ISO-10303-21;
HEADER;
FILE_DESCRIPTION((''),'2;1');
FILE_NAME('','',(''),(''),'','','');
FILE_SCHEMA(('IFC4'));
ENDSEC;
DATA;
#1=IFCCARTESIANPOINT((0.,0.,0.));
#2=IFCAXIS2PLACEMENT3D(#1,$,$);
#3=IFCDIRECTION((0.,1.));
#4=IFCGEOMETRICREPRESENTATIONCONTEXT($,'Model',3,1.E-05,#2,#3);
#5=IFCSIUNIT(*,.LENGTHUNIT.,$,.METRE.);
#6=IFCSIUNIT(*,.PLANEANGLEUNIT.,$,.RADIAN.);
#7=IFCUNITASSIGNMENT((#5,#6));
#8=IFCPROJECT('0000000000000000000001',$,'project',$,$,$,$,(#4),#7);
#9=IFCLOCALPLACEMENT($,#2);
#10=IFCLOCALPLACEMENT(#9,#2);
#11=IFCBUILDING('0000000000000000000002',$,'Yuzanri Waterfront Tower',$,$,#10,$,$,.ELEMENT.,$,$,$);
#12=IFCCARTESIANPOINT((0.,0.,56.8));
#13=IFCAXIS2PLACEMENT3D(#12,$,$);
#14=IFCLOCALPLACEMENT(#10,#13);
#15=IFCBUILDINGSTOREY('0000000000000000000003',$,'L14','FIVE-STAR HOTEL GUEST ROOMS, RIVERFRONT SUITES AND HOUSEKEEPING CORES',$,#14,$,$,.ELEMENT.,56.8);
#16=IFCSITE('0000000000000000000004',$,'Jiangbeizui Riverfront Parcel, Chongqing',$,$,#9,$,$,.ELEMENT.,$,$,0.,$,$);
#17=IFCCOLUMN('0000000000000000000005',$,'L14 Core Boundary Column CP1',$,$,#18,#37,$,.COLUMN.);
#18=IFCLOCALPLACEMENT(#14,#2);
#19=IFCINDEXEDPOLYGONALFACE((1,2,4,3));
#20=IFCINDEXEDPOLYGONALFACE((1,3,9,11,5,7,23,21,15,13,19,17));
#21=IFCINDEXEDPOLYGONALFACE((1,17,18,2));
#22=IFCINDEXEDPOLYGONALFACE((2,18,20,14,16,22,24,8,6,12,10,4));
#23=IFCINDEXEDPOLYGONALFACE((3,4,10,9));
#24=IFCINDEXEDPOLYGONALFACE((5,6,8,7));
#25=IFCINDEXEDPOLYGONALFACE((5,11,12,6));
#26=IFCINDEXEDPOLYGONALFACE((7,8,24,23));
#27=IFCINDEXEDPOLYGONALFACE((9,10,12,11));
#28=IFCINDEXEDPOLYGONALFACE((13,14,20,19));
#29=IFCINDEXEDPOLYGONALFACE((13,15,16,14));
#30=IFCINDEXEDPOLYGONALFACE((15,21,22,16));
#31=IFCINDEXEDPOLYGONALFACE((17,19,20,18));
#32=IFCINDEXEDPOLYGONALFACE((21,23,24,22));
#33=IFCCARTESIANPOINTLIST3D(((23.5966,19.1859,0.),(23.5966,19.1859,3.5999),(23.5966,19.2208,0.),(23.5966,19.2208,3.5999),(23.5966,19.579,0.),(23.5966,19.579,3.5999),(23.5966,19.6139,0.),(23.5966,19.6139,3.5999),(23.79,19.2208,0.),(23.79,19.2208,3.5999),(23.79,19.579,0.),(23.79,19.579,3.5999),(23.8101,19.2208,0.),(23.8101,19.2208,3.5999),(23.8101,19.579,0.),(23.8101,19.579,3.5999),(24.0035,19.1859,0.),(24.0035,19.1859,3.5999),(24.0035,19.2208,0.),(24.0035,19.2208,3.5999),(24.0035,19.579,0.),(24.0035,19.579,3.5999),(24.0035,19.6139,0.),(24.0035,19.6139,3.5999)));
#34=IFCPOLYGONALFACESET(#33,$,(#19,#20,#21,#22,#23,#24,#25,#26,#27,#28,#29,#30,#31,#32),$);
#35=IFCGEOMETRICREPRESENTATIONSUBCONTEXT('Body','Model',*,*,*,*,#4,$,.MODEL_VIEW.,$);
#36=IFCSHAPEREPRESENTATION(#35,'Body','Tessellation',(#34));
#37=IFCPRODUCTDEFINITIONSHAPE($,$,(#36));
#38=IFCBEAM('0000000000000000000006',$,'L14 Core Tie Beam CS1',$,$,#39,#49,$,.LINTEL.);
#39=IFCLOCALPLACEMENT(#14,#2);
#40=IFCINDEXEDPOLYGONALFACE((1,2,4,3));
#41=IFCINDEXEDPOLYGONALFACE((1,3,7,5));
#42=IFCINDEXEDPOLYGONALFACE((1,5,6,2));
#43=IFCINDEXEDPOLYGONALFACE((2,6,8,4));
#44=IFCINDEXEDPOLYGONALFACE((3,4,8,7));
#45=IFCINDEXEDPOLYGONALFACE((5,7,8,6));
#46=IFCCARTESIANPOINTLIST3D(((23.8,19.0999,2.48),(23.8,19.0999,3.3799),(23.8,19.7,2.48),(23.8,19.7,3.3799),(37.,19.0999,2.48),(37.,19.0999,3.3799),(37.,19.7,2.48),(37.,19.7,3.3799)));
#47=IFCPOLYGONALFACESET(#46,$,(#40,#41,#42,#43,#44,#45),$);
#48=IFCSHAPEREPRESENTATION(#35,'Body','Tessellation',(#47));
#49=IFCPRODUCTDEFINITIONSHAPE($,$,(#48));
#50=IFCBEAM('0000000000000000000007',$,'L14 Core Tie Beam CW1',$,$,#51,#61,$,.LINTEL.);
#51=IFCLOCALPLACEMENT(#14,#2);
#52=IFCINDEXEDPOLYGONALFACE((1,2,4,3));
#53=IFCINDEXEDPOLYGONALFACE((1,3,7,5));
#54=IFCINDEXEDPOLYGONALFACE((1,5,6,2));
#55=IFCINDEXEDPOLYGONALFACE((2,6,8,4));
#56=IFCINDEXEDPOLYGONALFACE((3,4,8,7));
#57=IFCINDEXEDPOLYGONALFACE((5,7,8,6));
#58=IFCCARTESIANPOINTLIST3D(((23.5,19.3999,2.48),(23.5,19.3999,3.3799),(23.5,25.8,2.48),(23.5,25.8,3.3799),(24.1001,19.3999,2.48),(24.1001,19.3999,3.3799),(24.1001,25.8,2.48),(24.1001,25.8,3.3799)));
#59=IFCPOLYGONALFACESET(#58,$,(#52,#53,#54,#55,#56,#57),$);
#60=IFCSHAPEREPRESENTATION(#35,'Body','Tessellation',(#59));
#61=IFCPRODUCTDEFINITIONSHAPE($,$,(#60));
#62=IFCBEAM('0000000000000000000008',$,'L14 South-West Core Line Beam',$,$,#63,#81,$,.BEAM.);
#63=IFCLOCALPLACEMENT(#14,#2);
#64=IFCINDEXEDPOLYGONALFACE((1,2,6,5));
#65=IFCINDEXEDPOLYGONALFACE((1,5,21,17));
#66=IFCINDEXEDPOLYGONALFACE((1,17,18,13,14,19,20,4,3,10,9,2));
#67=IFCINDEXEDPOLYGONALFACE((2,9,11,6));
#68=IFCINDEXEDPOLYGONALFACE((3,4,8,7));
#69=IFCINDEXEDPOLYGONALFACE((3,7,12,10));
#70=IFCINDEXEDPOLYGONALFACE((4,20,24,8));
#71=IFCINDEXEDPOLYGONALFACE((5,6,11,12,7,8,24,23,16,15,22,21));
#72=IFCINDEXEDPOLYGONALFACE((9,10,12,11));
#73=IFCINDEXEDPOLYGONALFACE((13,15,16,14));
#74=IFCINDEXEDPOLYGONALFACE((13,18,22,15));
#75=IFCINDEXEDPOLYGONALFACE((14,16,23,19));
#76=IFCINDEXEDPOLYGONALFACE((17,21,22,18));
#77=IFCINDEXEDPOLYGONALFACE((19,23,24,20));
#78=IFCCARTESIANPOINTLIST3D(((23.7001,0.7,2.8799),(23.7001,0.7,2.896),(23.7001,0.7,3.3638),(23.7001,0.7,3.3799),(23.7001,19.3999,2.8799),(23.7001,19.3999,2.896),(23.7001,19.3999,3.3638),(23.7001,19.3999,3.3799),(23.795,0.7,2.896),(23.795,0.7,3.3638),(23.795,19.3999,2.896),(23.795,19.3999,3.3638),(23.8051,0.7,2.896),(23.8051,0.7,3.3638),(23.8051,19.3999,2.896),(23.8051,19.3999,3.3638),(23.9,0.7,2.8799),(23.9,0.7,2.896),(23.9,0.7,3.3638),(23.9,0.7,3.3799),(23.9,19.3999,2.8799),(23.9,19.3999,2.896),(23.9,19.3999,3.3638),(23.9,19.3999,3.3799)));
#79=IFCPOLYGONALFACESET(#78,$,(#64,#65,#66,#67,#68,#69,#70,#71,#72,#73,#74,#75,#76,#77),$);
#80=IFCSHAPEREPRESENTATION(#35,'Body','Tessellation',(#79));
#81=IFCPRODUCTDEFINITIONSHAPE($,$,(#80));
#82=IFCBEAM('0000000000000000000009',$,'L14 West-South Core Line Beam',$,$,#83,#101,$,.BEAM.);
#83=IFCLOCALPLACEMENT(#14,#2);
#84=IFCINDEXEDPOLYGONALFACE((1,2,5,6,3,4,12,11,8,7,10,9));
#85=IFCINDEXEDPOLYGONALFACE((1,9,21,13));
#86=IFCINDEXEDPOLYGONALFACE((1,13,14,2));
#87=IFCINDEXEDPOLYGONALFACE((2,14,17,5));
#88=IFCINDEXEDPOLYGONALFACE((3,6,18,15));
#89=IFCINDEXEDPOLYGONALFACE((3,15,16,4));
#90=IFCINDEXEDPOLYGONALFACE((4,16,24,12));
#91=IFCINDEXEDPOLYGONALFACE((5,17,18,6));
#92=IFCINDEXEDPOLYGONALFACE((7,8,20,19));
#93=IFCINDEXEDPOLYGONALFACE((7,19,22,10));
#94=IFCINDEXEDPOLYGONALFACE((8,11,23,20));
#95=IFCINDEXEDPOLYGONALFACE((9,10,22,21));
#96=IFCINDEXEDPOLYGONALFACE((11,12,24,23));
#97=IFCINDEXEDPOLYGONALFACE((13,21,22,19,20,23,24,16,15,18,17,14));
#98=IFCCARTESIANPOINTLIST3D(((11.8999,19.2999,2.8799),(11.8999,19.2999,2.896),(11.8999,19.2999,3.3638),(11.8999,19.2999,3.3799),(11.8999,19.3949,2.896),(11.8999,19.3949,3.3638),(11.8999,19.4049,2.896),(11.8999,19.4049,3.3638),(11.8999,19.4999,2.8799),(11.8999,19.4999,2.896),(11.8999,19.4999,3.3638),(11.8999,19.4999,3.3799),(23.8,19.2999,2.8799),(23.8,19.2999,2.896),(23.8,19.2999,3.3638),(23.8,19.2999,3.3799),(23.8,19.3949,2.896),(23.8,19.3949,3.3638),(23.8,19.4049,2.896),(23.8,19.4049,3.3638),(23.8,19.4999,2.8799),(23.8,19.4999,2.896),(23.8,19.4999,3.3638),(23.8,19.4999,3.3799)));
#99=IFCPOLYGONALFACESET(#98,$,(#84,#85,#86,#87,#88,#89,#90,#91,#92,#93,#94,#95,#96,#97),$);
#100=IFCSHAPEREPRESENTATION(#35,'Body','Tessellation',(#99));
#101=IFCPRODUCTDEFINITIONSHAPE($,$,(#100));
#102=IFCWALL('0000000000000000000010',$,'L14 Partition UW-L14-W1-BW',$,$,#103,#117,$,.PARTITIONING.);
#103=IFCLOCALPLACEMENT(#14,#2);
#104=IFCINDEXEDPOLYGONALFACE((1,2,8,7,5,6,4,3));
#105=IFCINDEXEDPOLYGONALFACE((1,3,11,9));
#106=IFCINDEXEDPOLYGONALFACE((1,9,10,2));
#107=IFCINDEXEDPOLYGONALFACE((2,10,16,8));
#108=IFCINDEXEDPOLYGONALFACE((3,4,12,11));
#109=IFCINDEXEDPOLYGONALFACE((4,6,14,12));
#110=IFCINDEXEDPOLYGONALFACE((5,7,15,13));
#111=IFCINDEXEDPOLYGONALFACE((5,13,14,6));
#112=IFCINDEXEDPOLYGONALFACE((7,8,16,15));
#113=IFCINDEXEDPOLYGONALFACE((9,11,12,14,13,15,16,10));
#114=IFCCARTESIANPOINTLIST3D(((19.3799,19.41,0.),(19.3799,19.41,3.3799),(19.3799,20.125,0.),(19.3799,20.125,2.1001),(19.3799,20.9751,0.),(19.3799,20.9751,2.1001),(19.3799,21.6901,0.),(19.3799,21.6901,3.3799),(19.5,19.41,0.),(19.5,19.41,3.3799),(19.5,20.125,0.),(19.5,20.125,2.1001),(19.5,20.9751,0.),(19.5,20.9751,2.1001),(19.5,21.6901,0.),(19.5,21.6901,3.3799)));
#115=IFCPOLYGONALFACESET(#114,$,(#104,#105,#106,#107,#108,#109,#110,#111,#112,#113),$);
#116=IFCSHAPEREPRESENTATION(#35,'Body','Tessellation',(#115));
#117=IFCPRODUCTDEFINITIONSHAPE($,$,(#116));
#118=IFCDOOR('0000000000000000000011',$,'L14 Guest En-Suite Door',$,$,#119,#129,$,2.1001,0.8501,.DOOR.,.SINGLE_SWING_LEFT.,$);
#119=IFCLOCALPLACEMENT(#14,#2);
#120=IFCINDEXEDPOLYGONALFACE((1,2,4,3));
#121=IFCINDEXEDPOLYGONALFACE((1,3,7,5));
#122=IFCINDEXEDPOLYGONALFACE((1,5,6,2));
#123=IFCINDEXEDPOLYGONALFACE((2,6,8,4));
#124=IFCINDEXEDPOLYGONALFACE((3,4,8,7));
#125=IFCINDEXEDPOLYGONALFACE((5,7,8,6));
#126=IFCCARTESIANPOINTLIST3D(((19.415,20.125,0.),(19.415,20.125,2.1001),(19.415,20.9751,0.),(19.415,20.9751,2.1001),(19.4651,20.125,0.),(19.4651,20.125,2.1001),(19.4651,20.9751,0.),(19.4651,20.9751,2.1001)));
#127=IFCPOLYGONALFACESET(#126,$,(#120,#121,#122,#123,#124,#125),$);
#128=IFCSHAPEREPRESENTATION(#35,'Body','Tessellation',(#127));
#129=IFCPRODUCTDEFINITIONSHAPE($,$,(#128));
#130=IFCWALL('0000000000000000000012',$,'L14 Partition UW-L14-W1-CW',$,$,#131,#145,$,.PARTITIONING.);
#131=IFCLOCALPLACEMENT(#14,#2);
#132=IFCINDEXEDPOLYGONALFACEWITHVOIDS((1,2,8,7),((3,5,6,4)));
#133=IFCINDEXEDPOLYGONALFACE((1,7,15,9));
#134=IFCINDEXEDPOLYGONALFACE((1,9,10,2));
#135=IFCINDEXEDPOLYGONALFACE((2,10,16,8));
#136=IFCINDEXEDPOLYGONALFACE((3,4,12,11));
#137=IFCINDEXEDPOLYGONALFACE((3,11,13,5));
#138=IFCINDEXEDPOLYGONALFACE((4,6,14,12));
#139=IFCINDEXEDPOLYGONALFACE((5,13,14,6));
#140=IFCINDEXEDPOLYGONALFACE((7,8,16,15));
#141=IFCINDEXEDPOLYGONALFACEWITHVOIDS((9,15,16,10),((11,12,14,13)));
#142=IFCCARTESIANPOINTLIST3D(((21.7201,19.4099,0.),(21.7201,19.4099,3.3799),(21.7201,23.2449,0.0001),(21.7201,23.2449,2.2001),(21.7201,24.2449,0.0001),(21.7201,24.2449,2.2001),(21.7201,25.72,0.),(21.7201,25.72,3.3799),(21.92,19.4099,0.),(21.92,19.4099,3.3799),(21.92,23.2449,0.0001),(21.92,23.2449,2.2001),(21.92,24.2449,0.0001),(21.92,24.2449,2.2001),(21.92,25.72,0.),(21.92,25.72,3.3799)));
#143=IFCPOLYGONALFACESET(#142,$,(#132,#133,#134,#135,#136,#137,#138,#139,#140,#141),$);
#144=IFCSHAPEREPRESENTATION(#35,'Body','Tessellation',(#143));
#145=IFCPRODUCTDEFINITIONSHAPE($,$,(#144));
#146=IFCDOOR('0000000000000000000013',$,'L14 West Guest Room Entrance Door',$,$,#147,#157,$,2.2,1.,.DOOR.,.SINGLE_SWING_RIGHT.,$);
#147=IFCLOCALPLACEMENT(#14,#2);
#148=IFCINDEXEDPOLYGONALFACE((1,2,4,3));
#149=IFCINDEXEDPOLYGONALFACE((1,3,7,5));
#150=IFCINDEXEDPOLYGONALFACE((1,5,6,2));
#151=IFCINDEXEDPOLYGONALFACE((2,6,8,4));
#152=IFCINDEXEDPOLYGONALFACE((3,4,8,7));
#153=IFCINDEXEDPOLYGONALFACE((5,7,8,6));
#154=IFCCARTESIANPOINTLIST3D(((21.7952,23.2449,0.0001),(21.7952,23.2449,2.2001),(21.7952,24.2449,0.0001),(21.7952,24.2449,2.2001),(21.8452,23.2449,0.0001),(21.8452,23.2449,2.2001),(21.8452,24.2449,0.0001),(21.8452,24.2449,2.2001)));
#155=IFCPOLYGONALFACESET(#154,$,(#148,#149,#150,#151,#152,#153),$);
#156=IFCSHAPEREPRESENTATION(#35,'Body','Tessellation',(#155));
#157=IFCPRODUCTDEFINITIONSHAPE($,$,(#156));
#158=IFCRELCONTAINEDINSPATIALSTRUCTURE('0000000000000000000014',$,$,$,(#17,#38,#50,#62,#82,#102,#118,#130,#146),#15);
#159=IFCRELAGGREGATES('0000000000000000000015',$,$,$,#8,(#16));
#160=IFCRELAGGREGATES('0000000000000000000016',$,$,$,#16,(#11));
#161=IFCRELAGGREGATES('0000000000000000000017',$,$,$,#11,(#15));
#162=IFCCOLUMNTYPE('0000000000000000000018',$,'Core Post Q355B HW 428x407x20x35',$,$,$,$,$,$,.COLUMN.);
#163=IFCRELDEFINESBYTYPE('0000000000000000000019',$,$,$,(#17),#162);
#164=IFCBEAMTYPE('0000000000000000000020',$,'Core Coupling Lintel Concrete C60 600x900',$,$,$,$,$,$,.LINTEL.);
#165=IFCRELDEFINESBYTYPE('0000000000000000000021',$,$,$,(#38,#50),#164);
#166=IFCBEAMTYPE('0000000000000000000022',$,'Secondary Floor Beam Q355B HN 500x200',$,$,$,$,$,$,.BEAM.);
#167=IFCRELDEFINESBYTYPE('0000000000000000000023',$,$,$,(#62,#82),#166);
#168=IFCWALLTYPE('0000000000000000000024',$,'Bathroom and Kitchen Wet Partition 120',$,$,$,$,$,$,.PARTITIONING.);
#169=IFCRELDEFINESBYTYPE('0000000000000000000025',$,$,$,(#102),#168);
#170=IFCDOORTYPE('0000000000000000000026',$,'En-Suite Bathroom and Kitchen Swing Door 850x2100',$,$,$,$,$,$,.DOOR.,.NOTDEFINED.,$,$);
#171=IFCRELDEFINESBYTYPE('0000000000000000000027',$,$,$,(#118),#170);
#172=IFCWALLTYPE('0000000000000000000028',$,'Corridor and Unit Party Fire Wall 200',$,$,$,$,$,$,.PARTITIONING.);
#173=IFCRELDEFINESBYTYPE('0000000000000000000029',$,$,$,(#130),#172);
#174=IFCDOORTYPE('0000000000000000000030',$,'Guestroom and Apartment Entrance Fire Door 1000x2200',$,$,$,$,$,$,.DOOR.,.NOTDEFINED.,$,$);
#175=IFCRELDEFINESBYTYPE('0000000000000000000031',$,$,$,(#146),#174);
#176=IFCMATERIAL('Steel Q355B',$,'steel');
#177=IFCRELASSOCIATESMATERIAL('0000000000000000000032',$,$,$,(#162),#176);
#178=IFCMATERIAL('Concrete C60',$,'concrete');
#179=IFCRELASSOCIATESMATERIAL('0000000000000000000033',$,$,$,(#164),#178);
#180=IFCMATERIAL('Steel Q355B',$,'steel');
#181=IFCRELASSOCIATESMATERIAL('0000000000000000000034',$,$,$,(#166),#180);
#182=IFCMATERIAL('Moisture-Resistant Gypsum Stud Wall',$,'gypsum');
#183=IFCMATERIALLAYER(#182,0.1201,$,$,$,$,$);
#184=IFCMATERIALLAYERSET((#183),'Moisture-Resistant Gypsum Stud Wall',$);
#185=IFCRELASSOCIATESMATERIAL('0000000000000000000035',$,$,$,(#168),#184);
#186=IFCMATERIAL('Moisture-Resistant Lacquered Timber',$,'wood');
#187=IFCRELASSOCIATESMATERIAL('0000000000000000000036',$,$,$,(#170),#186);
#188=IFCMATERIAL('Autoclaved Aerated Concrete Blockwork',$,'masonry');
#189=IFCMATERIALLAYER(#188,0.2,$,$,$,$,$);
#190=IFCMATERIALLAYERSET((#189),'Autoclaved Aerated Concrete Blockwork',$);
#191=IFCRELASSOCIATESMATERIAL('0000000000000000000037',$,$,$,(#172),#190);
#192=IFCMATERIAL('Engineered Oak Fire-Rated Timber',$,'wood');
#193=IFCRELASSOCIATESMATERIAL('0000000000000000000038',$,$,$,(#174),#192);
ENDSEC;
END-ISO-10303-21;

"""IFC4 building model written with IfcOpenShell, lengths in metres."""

from ifc_helpers import new_model, si_unit, direction, frame, frame_2d, origin, origin_2d, place, context, subcontext, project, spatial, rectangle, i_section, extrude, source, transform, mapped, material, layer, layer_set, material_profile, profile_set, type_object, element, fill, save


model = new_model("IFC4")

# Units and contexts
model_context = context("Model", 3, precision=1e-05, world=origin(), true_north=direction((0.0, 1.0)))
body_context = subcontext(model_context, "Body", "Model", "MODEL_VIEW")
ifc_project = project(units=[si_unit("LENGTHUNIT", "METRE"), si_unit("PLANEANGLEUNIT", "RADIAN")], contexts=[model_context])

# Site, building, storey
site_placement = place(None, origin())
site = spatial("IfcSite", under=ifc_project, at=site_placement, Name="Jiangbeizui Riverfront Parcel, Chongqing", CompositionType="ELEMENT", RefElevation=0.0)
building_placement = place(site_placement, origin())
building = spatial("IfcBuilding", under=site, at=building_placement, Name="Yuzanri Waterfront Tower", CompositionType="ELEMENT")
storey_placement = place(building_placement, frame((0.0, 0.0, 56.8)))
storey = spatial("IfcBuildingStorey", under=building, at=storey_placement, Name="L14", Description="FIVE-STAR HOTEL GUEST ROOMS, RIVERFRONT SUITES AND HOUSEKEEPING CORES", CompositionType="ELEMENT", Elevation=56.8)

# Column
ifc_material_1 = material(Name="Steel Q355B", Category="steel")
ifc_material_profile_1 = material_profile(ifc_material_1, i_section(OverallWidth=0.407, OverallDepth=0.428, WebThickness=0.02, FlangeThickness=0.0349, at=origin_2d()), Name="HW 428x407x20x35")
ifc_profile_set_1 = profile_set([ifc_material_profile_1], Name="Steel Q355B")
column_type = type_object("IfcColumnType", Name="Core Post Q355B HW 428x407x20x35", PredefinedType="COLUMN", material=ifc_profile_set_1)
shared_shape_1 = source(origin(), body_context, "Body", "SweptSolid", [
    extrude(i_section(OverallWidth=0.407, OverallDepth=0.428, WebThickness=0.02, FlangeThickness=0.0349, at=origin_2d()), origin(), (0.0, 0.0, 1.0), 3.5999),
])
column_placement = place(storey_placement, frame((23.8, 19.3999, 0.0), z_axis=(0.0, 0.0, 1.0), x_axis=(1.0, 0.0, 0.0)))
element("IfcColumn", 1, at=column_placement, inside=storey, type_object=column_type, Name="L14 Core Boundary Column CP1", PredefinedType="COLUMN", context=body_context, shape_type="MappedRepresentation", body=[
    mapped(shared_shape_1, transform((0.0, 0.0, 0.0), scale=1.0)),
])

# Beams
ifc_material_2 = material(Name="Concrete C60", Category="concrete")
ifc_material_profile_2 = material_profile(ifc_material_2, rectangle(XDim=0.6001, YDim=0.8999, at=origin_2d()), Name="RC 600x900")
ifc_profile_set_2 = profile_set([ifc_material_profile_2], Name="Concrete C60")
beam_type_1 = type_object("IfcBeamType", Name="Core Coupling Lintel Concrete C60 600x900", PredefinedType="LINTEL", material=ifc_profile_set_2)
shared_shape_2 = source(origin(), body_context, "Body", "SweptSolid", [
    extrude(rectangle(XDim=0.6001, YDim=0.8999, at=origin_2d()), origin(), (0.0, 0.0, 1.0), 13.2),
])
beam_1_placement = place(storey_placement, frame((23.8, 19.3999, 2.9299), z_axis=(1.0, 0.0, 0.0), x_axis=(0.0, 1.0, 0.0)))
element("IfcBeam", 2, at=beam_1_placement, inside=storey, type_object=beam_type_1, Name="L14 Core Tie Beam CS1", PredefinedType="LINTEL", context=body_context, shape_type="MappedRepresentation", body=[
    mapped(shared_shape_2, transform((0.0, 0.0, 0.0), scale=1.0)),
])
shared_shape_3 = source(origin(), body_context, "Body", "SweptSolid", [
    extrude(rectangle(XDim=0.6001, YDim=0.8999, at=origin_2d()), origin(), (0.0, 0.0, 1.0), 6.4001),
])
beam_2_placement = place(storey_placement, frame((23.8, 19.3999, 2.9299), z_axis=(0.0, 1.0, 0.0), x_axis=(-1.0, 0.0, 0.0)))
element("IfcBeam", 3, at=beam_2_placement, inside=storey, type_object=beam_type_1, Name="L14 Core Tie Beam CW1", PredefinedType="LINTEL", context=body_context, shape_type="MappedRepresentation", body=[
    mapped(shared_shape_3, transform((0.0, 0.0, 0.0), scale=1.0)),
])
ifc_material_3 = material(Name="Steel Q355B", Category="steel")
ifc_material_profile_3 = material_profile(ifc_material_3, i_section(OverallWidth=0.2, OverallDepth=0.5, WebThickness=0.01, FlangeThickness=0.0161, at=origin_2d()), Name="HN 500x200x10x16")
ifc_profile_set_3 = profile_set([ifc_material_profile_3], Name="Steel Q355B")
beam_type_2 = type_object("IfcBeamType", Name="Secondary Floor Beam Q355B HN 500x200", PredefinedType="BEAM", material=ifc_profile_set_3)
shared_shape_4 = source(origin(), body_context, "Body", "SweptSolid", [
    extrude(i_section(OverallWidth=0.2, OverallDepth=0.5, WebThickness=0.01, FlangeThickness=0.0161, at=origin_2d()), origin(), (0.0, 0.0, 1.0), 18.7),
])
beam_3_placement = place(storey_placement, frame((23.8, 19.3999, 3.1299), z_axis=(0.0, -1.0, 0.0), x_axis=(1.0, 0.0, 0.0)))
element("IfcBeam", 4, at=beam_3_placement, inside=storey, type_object=beam_type_2, Name="L14 South-West Core Line Beam", PredefinedType="BEAM", context=body_context, shape_type="MappedRepresentation", body=[
    mapped(shared_shape_4, transform((0.0, 0.0, 0.0), scale=1.0)),
])
shared_shape_5 = source(origin(), body_context, "Body", "SweptSolid", [
    extrude(i_section(OverallWidth=0.2, OverallDepth=0.5, WebThickness=0.01, FlangeThickness=0.0161, at=origin_2d()), origin(), (0.0, 0.0, 1.0), 11.9001),
])
beam_4_placement = place(storey_placement, frame((23.8, 19.3999, 3.1299), z_axis=(-1.0, 0.0, 0.0), x_axis=(0.0, -1.0, 0.0)))
element("IfcBeam", 5, at=beam_4_placement, inside=storey, type_object=beam_type_2, Name="L14 West-South Core Line Beam", PredefinedType="BEAM", context=body_context, shape_type="MappedRepresentation", body=[
    mapped(shared_shape_5, transform((0.0, 0.0, 0.0), scale=1.0)),
])

# Wall, opening, door
ifc_material_4 = material(Name="Moisture-Resistant Gypsum Stud Wall", Category="gypsum")
ifc_layer_1 = layer(ifc_material_4, 0.1201)
ifc_layer_set_1 = layer_set([ifc_layer_1], Name="Moisture-Resistant Gypsum Stud Wall")
wall_type_1 = type_object("IfcWallType", Name="Bathroom and Kitchen Wet Partition 120", PredefinedType="PARTITIONING", material=ifc_layer_set_1)
wall_1_placement = place(storey_placement, frame((19.4399, 19.4099, 0.0), z_axis=(0.0, 0.0, 1.0), x_axis=(0.0, 1.0, 0.0)))
wall_1 = element("IfcWall", 6, at=wall_1_placement, inside=storey, type_object=wall_type_1, Name="L14 Partition UW-L14-W1-BW", PredefinedType="PARTITIONING", context=body_context, shape_type="SweptSolid", body=[
    extrude(rectangle(XDim=2.28, YDim=0.1201, at=frame_2d((1.1401, 0.0))), origin(), (0.0, 0.0, 1.0), 3.3799),
])
opening_1_placement = place(wall_1_placement, frame((0.7151, 0.0, 0.0)))
opening_1 = element("IfcOpeningElement", 7, at=opening_1_placement, cuts=wall_1, PredefinedType="OPENING", context=body_context, shape_type="SweptSolid", body=[
    extrude(rectangle(XDim=0.8501, YDim=2.1001, at=frame_2d((0.425, 1.05))), frame((0.0, 0.075, 0.0), z_axis=(0.0, -1.0, 0.0), x_axis=(1.0, 0.0, 0.0)), (0.0, 0.0, 1.0), 0.1499),
])
ifc_material_5 = material(Name="Moisture-Resistant Lacquered Timber", Category="wood")
door_type_1 = type_object("IfcDoorType", Name="En-Suite Bathroom and Kitchen Swing Door 850x2100", OperationType="NOTDEFINED", PredefinedType="DOOR", material=ifc_material_5)
shared_shape_6 = source(origin(), body_context, "Body", "SweptSolid", [
    extrude(rectangle(XDim=0.8501, YDim=2.1001, at=frame_2d((0.425, 1.05))), frame((0.0, 0.0249, 0.0), z_axis=(0.0, -1.0, 0.0), x_axis=(1.0, 0.0, 0.0)), (0.0, 0.0, 1.0), 0.05),
])
door_1_placement = place(opening_1_placement, origin())
door_1 = element("IfcDoor", 8, at=door_1_placement, inside=storey, type_object=door_type_1, Name="L14 Guest En-Suite Door", OperationType="SINGLE_SWING_LEFT", OverallHeight=2.1001, OverallWidth=0.8501, PredefinedType="DOOR", context=body_context, shape_type="MappedRepresentation", body=[
    mapped(shared_shape_6, transform((0.0, 0.0, 0.0), scale=1.0)),
])
fill(opening_1, door_1)

# Wall, opening, door
ifc_material_6 = material(Name="Autoclaved Aerated Concrete Blockwork", Category="masonry")
ifc_layer_2 = layer(ifc_material_6, 0.2)
ifc_layer_set_2 = layer_set([ifc_layer_2], Name="Autoclaved Aerated Concrete Blockwork")
wall_type_2 = type_object("IfcWallType", Name="Corridor and Unit Party Fire Wall 200", PredefinedType="PARTITIONING", material=ifc_layer_set_2)
wall_2_placement = place(storey_placement, frame((21.8201, 19.4099, 0.0), z_axis=(0.0, 0.0, 1.0), x_axis=(0.0, 1.0, 0.0)))
wall_2 = element("IfcWall", 9, at=wall_2_placement, inside=storey, type_object=wall_type_2, Name="L14 Partition UW-L14-W1-CW", PredefinedType="PARTITIONING", context=body_context, shape_type="SweptSolid", body=[
    extrude(rectangle(XDim=6.3101, YDim=0.2, at=frame_2d((3.155, 0.0))), origin(), (0.0, 0.0, 1.0), 3.3799),
])
opening_2_placement = place(wall_2_placement, frame((3.835, 0.0, 0.0)))
opening_2 = element("IfcOpeningElement", 10, at=opening_2_placement, cuts=wall_2, PredefinedType="OPENING", context=body_context, shape_type="SweptSolid", body=[
    extrude(rectangle(XDim=1.0, YDim=2.2, at=frame_2d((0.5, 1.1001))), frame((0.0, 0.1147, 0.0), z_axis=(0.0, -1.0, 0.0), x_axis=(1.0, 0.0, 0.0)), (0.0, 0.0, 1.0), 0.2297),
])
ifc_material_7 = material(Name="Engineered Oak Fire-Rated Timber", Category="wood")
door_type_2 = type_object("IfcDoorType", Name="Guestroom and Apartment Entrance Fire Door 1000x2200", OperationType="NOTDEFINED", PredefinedType="DOOR", material=ifc_material_7)
shared_shape_7 = source(origin(), body_context, "Body", "SweptSolid", [
    extrude(rectangle(XDim=1.0, YDim=2.2, at=frame_2d((0.5, 1.1001))), frame((0.0, 0.0249, 0.0), z_axis=(0.0, -1.0, 0.0), x_axis=(1.0, 0.0, 0.0)), (0.0, 0.0, 1.0), 0.05),
])
door_2_placement = place(opening_2_placement, origin())
door_2 = element("IfcDoor", 11, at=door_2_placement, inside=storey, type_object=door_type_2, Name="L14 West Guest Room Entrance Door", OperationType="SINGLE_SWING_RIGHT", OverallHeight=2.2, OverallWidth=1.0, PredefinedType="DOOR", context=body_context, shape_type="MappedRepresentation", body=[
    mapped(shared_shape_7, transform((0.0, 0.0, 0.0), scale=1.0)),
])
fill(opening_2, door_2)

save(model, "model.ifc")
